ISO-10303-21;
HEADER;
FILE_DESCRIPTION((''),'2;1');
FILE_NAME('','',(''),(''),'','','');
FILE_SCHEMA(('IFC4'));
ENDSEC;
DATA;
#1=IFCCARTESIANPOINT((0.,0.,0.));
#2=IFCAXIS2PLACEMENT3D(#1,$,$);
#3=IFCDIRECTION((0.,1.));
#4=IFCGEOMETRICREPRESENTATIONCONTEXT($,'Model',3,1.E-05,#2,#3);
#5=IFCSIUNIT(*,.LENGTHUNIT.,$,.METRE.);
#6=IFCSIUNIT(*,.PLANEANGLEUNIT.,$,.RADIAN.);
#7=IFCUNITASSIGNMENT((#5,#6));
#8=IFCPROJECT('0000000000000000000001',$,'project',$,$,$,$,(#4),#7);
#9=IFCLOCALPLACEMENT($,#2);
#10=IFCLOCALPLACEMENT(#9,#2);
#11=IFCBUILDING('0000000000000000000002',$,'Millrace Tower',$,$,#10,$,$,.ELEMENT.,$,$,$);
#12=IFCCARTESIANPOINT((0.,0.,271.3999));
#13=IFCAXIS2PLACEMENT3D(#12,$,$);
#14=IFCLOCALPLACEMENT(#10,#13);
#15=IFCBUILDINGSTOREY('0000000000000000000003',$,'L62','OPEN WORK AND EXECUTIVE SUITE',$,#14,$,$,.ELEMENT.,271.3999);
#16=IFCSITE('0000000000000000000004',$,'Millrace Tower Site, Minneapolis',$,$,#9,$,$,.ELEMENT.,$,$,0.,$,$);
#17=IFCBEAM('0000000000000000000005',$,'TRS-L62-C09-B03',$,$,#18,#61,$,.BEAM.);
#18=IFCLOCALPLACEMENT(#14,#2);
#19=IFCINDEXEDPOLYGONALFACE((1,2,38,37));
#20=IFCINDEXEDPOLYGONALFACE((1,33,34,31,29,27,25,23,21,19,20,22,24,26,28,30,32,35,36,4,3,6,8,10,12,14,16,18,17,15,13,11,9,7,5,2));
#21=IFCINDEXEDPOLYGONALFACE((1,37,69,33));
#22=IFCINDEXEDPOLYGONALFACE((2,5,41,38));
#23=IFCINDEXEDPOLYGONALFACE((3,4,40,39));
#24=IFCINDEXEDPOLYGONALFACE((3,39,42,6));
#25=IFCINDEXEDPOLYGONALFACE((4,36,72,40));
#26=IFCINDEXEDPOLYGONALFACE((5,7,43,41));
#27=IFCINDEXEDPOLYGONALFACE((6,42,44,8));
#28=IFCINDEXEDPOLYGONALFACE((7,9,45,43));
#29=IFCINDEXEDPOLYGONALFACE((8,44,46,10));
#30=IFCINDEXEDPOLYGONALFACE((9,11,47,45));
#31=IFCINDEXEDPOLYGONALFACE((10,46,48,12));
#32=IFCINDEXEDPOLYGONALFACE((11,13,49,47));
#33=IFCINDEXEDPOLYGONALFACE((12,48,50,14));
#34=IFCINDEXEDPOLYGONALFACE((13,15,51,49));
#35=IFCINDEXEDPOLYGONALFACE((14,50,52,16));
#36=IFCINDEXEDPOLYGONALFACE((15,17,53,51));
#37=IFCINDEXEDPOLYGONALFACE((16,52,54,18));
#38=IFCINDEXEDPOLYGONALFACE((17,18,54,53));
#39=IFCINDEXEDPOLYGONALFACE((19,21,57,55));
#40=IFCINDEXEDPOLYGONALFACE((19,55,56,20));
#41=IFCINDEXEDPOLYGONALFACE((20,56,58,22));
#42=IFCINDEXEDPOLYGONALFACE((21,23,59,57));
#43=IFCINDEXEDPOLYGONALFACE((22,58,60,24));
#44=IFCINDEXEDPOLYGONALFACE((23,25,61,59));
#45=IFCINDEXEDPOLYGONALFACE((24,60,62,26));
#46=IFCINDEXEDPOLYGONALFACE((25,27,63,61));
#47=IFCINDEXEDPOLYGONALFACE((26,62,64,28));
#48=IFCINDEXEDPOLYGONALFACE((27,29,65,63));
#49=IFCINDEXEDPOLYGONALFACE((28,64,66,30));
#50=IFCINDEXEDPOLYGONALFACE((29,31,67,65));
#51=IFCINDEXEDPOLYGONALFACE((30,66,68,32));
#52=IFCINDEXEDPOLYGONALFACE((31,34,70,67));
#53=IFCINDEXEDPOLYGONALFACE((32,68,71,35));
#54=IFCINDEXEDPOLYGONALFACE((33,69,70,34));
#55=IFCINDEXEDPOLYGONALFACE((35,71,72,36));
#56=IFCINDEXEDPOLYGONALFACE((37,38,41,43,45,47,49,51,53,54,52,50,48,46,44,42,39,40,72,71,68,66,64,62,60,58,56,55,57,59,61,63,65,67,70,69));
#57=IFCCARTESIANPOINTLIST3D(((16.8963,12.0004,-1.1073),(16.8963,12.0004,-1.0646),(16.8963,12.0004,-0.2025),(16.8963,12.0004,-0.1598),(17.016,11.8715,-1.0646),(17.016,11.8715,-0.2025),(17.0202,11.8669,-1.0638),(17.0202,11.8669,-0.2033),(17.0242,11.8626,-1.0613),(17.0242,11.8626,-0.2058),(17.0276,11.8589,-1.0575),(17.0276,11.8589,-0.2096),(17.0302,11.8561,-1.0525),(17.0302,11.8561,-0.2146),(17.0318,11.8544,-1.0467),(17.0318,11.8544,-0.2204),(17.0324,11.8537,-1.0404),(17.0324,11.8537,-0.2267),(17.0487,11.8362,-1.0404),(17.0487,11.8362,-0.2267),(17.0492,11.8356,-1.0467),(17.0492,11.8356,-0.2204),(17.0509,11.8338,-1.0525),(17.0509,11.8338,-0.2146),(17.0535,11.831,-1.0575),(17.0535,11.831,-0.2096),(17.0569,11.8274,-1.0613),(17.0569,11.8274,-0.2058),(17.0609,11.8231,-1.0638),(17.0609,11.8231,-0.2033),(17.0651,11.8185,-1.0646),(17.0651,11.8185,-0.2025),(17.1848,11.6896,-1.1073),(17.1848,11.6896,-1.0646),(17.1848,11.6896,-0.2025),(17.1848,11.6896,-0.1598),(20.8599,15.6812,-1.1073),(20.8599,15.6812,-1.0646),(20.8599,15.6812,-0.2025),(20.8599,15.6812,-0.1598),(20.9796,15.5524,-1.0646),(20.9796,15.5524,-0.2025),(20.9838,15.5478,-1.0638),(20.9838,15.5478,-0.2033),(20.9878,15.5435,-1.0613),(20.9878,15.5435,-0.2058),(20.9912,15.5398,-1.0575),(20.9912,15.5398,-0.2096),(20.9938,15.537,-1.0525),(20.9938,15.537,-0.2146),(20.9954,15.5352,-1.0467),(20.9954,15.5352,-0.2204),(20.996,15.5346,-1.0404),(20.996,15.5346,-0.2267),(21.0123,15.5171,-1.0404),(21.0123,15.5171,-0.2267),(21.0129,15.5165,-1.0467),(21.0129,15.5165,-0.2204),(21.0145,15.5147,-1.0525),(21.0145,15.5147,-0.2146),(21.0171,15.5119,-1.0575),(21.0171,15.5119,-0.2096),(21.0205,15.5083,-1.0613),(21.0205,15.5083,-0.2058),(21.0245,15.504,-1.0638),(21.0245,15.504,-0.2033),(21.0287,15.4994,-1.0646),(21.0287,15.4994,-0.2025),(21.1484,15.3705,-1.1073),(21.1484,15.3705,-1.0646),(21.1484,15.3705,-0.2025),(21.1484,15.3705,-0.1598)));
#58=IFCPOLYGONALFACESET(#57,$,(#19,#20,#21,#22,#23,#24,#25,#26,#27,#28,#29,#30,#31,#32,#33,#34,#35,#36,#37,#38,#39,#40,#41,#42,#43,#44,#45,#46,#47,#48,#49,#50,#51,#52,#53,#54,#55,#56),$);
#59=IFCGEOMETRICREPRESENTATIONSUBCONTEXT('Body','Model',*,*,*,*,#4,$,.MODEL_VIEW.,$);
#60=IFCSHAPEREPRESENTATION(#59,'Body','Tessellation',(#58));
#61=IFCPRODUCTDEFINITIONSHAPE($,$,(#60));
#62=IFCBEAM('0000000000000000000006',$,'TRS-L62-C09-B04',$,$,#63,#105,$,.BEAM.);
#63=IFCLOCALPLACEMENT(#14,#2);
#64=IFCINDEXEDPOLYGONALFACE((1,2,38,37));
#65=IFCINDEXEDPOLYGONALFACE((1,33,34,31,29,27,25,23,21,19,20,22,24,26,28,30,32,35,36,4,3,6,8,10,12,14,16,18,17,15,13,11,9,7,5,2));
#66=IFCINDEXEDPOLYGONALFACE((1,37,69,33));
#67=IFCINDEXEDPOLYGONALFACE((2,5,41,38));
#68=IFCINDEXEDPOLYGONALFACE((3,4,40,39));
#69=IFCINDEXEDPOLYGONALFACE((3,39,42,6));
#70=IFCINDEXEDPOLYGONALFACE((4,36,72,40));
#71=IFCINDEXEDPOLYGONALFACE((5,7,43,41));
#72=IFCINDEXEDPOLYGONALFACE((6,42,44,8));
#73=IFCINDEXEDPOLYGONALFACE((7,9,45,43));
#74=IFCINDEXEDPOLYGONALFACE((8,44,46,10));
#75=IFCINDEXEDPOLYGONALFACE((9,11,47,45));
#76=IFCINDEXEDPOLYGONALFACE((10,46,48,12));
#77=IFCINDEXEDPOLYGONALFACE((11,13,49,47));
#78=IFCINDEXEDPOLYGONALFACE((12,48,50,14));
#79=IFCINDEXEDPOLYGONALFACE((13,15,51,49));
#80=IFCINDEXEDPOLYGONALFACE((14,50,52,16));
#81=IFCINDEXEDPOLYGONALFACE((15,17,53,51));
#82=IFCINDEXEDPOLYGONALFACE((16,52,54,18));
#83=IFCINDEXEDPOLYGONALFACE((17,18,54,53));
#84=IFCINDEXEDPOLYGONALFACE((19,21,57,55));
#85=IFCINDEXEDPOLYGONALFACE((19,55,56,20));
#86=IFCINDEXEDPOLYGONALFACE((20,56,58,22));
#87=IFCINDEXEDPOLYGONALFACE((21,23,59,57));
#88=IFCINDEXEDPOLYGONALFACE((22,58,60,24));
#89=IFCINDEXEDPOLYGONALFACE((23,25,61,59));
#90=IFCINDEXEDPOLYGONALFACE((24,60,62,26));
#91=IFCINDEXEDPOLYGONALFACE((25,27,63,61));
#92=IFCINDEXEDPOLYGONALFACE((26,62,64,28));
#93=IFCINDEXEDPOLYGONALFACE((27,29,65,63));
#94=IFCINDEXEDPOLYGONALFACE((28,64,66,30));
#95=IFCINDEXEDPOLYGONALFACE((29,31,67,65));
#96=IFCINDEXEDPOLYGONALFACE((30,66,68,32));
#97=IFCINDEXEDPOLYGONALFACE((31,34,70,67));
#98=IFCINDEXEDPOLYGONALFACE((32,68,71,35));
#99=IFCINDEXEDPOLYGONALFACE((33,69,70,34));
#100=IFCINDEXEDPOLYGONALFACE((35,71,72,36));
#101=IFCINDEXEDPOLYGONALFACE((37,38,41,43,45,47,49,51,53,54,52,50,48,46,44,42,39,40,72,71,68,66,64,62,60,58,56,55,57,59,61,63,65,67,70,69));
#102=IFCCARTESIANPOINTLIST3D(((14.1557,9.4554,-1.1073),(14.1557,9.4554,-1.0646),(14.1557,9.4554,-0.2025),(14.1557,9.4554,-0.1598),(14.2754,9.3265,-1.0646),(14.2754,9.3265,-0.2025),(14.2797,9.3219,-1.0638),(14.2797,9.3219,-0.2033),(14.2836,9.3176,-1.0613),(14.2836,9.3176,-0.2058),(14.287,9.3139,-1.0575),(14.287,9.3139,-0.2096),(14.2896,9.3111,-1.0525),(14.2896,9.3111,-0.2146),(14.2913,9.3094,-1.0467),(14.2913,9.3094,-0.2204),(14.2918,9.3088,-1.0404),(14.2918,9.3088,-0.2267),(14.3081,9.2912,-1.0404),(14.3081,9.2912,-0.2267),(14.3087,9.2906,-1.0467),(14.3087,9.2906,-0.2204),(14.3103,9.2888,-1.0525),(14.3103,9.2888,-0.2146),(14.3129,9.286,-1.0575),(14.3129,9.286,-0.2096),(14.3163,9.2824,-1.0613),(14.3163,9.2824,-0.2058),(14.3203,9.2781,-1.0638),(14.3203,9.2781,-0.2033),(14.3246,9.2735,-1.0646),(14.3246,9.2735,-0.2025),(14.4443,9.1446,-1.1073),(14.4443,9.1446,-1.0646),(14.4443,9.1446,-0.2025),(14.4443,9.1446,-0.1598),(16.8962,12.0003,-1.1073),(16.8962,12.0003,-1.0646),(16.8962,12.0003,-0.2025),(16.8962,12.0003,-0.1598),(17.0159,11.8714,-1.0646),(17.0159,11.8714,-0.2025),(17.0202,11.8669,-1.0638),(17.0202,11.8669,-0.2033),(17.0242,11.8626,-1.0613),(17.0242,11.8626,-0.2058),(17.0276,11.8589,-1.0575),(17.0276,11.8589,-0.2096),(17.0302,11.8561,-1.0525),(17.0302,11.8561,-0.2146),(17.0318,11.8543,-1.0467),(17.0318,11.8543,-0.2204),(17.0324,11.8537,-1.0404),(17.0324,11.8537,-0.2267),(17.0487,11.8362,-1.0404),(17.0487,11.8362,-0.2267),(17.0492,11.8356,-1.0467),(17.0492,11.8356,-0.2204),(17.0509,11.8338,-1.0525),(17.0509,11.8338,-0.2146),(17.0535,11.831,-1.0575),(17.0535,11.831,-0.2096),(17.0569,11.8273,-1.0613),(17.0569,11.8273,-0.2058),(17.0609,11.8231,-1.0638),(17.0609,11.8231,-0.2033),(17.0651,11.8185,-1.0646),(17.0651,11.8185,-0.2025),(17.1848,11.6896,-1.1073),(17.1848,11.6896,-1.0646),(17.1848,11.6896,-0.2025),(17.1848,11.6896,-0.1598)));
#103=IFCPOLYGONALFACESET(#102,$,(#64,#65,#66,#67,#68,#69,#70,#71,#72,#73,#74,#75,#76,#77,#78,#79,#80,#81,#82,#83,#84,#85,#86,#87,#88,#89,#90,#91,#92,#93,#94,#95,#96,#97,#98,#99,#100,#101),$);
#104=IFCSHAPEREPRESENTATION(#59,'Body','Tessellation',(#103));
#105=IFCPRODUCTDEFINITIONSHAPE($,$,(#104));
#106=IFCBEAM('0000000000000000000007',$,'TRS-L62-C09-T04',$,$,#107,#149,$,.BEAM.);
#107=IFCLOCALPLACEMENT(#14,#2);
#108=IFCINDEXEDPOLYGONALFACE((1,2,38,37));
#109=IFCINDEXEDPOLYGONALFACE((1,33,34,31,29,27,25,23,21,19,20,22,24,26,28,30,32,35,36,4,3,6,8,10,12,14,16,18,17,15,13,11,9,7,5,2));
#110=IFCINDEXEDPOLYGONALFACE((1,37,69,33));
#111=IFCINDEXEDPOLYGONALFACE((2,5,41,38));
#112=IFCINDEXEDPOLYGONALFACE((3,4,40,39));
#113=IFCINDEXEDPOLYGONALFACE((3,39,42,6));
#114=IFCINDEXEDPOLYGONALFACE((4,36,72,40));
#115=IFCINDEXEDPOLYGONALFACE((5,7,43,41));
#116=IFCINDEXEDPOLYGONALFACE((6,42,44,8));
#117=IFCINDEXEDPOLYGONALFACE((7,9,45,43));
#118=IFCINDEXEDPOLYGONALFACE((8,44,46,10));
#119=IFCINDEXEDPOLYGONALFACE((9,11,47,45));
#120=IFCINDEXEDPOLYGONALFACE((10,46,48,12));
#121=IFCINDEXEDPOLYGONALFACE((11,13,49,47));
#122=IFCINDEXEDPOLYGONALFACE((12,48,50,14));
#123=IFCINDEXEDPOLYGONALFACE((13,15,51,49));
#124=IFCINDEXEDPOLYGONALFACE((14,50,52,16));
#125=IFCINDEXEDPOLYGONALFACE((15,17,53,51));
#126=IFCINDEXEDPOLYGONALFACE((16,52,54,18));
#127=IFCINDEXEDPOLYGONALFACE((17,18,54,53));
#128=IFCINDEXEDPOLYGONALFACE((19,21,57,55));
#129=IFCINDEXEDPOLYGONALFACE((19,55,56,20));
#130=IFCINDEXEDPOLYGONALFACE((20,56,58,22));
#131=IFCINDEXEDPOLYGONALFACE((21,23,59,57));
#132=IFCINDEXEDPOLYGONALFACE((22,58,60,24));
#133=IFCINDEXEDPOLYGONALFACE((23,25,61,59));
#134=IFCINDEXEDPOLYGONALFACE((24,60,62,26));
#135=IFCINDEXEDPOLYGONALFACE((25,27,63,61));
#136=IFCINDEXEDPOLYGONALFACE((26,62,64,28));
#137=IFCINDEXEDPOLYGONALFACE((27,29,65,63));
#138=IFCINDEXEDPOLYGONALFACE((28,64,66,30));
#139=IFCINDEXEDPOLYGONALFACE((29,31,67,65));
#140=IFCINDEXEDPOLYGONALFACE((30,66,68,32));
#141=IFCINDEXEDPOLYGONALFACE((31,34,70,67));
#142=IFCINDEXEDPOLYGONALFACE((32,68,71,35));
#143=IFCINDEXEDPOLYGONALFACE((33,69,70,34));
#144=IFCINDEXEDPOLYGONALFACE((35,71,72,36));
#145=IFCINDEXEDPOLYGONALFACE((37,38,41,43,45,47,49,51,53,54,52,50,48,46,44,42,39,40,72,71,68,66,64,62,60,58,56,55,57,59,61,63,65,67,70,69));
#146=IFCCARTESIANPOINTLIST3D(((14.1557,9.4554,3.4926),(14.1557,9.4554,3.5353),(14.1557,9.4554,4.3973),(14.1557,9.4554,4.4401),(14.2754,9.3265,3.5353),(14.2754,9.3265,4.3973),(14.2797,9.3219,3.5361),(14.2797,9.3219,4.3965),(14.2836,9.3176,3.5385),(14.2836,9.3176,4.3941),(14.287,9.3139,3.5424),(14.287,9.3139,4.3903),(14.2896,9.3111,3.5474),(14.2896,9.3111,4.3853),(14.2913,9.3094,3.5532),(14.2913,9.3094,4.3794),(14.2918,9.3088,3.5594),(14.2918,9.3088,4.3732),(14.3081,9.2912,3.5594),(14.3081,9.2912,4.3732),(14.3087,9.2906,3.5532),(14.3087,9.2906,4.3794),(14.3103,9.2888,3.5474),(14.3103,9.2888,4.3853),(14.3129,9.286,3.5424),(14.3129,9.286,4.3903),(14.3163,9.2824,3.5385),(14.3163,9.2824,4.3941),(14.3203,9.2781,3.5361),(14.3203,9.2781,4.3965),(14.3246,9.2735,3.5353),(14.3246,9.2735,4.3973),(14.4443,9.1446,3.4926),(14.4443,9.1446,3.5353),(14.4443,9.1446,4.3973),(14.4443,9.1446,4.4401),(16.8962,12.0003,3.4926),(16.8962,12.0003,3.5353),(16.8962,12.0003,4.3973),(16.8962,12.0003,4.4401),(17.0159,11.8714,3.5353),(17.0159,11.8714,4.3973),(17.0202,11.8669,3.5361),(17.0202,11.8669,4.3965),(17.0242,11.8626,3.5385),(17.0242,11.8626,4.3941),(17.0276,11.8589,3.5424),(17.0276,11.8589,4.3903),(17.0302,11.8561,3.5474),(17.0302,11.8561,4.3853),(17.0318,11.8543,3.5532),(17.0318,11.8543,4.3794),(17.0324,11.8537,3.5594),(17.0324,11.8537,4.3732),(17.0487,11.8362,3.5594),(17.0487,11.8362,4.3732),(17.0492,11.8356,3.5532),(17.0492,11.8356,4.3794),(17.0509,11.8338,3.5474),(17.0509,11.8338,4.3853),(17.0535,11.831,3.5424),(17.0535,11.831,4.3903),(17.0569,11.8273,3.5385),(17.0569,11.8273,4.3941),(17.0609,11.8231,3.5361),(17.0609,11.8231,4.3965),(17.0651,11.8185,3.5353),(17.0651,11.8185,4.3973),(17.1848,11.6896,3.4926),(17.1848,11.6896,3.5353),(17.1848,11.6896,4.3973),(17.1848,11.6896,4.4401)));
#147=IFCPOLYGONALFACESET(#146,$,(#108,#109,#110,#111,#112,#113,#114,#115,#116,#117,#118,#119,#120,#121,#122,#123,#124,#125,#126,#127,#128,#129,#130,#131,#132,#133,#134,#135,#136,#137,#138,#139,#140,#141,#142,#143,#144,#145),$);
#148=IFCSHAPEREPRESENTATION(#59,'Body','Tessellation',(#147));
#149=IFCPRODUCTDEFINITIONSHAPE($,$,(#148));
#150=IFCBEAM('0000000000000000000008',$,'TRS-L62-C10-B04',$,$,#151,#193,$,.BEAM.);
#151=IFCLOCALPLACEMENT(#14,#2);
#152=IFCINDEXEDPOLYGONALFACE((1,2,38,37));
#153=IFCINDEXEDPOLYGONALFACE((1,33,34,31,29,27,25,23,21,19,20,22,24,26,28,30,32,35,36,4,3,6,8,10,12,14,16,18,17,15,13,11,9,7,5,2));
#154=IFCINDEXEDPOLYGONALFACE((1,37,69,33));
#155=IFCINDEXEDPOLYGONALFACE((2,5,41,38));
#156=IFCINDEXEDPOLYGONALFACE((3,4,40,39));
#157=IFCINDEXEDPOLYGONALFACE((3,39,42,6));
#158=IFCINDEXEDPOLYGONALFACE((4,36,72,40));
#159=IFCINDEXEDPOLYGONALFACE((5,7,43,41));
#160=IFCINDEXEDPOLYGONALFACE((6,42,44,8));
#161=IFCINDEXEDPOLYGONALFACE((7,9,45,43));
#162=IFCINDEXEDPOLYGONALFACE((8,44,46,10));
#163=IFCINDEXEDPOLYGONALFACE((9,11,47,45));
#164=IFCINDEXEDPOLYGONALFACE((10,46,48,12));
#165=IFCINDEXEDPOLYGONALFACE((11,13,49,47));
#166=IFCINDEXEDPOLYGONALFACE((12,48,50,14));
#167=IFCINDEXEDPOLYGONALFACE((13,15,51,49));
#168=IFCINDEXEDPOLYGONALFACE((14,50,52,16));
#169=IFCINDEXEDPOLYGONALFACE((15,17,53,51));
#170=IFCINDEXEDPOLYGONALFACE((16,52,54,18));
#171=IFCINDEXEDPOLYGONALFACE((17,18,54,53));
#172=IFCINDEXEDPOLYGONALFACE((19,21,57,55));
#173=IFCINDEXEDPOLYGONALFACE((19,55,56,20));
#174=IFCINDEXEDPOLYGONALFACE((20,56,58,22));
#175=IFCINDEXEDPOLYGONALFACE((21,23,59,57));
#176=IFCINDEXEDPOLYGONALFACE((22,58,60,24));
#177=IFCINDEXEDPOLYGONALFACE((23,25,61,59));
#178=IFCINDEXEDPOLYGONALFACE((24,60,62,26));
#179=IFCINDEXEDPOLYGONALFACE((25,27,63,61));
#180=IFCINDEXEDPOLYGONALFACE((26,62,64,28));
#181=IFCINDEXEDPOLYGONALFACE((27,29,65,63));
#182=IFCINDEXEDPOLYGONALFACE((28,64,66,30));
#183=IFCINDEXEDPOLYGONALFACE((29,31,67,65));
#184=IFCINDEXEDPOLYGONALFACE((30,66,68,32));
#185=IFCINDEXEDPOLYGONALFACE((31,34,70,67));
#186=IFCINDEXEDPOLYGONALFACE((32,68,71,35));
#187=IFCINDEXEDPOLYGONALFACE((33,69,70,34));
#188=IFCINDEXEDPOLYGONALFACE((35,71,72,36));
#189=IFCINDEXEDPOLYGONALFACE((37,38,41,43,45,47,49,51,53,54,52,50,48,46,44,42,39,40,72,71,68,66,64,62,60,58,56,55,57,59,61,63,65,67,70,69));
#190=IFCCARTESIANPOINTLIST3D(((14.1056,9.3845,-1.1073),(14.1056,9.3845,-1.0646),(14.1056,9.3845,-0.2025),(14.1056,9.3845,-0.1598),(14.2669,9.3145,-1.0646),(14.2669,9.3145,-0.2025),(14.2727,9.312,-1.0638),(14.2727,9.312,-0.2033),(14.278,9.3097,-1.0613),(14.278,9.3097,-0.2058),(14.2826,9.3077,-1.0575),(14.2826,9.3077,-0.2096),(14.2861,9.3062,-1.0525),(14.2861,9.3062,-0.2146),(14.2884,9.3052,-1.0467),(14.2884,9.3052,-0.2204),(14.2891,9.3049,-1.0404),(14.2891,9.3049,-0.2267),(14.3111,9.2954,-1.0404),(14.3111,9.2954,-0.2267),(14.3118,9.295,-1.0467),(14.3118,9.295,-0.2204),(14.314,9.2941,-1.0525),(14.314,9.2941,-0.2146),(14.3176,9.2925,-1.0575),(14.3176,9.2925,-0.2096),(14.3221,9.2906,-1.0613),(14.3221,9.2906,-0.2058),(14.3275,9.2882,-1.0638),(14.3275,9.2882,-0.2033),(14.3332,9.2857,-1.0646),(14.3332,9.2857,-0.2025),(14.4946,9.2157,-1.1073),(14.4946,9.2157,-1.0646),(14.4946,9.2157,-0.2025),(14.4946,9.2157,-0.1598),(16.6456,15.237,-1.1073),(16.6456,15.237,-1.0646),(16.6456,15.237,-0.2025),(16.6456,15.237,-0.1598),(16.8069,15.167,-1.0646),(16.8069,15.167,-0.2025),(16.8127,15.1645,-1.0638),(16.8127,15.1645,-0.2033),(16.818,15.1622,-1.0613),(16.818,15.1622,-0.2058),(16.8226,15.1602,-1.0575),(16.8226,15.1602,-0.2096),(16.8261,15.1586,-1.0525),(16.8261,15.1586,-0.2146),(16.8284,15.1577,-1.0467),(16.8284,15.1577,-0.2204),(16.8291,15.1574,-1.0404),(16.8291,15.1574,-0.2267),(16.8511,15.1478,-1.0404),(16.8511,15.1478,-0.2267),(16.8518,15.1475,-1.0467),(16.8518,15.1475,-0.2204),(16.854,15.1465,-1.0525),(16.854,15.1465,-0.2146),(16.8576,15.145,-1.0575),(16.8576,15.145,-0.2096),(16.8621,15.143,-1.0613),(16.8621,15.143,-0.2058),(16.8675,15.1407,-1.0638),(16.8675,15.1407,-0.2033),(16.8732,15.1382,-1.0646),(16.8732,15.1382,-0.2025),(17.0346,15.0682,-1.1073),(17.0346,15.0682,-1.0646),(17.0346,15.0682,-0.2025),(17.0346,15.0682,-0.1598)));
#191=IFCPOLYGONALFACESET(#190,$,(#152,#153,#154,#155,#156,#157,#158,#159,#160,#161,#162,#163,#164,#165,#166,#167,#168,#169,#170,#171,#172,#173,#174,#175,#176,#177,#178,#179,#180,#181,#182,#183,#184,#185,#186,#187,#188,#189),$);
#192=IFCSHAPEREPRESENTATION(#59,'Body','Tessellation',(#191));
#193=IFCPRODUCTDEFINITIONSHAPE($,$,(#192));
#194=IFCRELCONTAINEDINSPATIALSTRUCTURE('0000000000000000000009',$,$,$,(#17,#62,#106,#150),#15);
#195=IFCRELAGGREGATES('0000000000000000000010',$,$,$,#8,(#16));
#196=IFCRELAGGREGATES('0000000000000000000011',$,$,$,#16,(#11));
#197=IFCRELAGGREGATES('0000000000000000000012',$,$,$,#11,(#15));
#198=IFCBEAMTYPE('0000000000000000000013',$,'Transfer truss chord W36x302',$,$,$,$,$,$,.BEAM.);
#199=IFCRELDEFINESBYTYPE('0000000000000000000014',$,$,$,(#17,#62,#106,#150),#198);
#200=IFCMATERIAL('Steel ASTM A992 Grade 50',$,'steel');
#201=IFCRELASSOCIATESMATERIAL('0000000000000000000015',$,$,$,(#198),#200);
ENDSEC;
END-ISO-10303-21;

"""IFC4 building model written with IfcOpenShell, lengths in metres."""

from ifc_helpers import new_model, si_unit, direction, frame, origin, origin_2d, place, context, subcontext, project, spatial, i_section, extrude, material, material_profile, profile_set, type_object, element, save


model = new_model("IFC4")

# Units and contexts
model_context = context("Model", 3, precision=1e-05, world=origin(), true_north=direction((0.0, 1.0)))
body_context = subcontext(model_context, "Body", "Model", "MODEL_VIEW")
ifc_project = project(units=[si_unit("LENGTHUNIT", "METRE"), si_unit("PLANEANGLEUNIT", "RADIAN")], contexts=[model_context])

# Site, building, storey
site_placement = place(None, origin())
site = spatial("IfcSite", under=ifc_project, at=site_placement, Name="Millrace Tower Site, Minneapolis", CompositionType="ELEMENT", RefElevation=0.0)
building_placement = place(site_placement, origin())
building = spatial("IfcBuilding", under=site, at=building_placement, Name="Millrace Tower", CompositionType="ELEMENT")
storey_placement = place(building_placement, frame((0.0, 0.0, 271.3999)))
storey = spatial("IfcBuildingStorey", under=building, at=storey_placement, Name="L62", Description="OPEN WORK AND EXECUTIVE SUITE", CompositionType="ELEMENT", Elevation=271.3999)

# Beams
ifc_material_1 = material(Name="Steel ASTM A992 Grade 50", Category="steel")
ifc_material_profile_1 = material_profile(ifc_material_1, i_section(OverallWidth=0.4241, OverallDepth=0.9475, WebThickness=0.0239, FlangeThickness=0.0427, FilletRadius=0.0242, at=origin_2d()))
ifc_profile_set_1 = profile_set([ifc_material_profile_1], Name="Steel ASTM A992 Grade 50")
beam_type_1 = type_object("IfcBeamType", Name="Transfer truss chord W36x302", PredefinedType="BEAM", material=ifc_profile_set_1)
beam_1_placement = place(storey_placement, frame((21.0042, 15.5259, -0.6335), z_axis=(-0.732757, -0.680491, 0.0), x_axis=(0.680491, -0.732757, 0.0)))
element("IfcBeam", 1, at=beam_1_placement, inside=storey, type_object=beam_type_1, Name="TRS-L62-C09-B03", PredefinedType="BEAM", context=body_context, shape_type="SweptSolid", body=[
    extrude(i_section(OverallWidth=0.4241, OverallDepth=0.9475, WebThickness=0.0239, FlangeThickness=0.0427, FilletRadius=0.0242, at=origin_2d()), origin(), (0.0, 0.0, 1.0), 5.4092),
])
for number, where, z_axis, x_axis, name in (
    (2, (17.0405, 11.845, -0.6335), (-0.732768, -0.680479, 0.0), (0.680479, -0.732768, 0.0), "TRS-L62-C09-B04"),
    (3, (17.0405, 11.845, 3.9663), (-0.732768, -0.680479, 0.0), (0.680479, -0.732768, 0.0), "TRS-L62-C09-T04"),
):
    element("IfcBeam", number, at=place(storey_placement, frame(where, z_axis=z_axis, x_axis=x_axis)), inside=storey, type_object=beam_type_1, Name=name, PredefinedType="BEAM", context=body_context, shape_type="SweptSolid", body=[
        extrude(i_section(OverallWidth=0.4241, OverallDepth=0.9475, WebThickness=0.0239, FlangeThickness=0.0427, FilletRadius=0.0242, at=origin_2d()), origin(), (0.0, 0.0, 1.0), 3.74),
    ])
for number, where, z_axis, x_axis, name in (
    (4, (16.8401, 15.1526, -0.6335), (-0.398127, -0.91733, 0.0), (0.91733, -0.398127, 0.0), "TRS-L62-C10-B04"),
):
    element("IfcBeam", number, at=place(storey_placement, frame(where, z_axis=z_axis, x_axis=x_axis)), inside=storey, type_object=beam_type_1, Name=name, PredefinedType="BEAM", context=body_context, shape_type="SweptSolid", body=[
        extrude(i_section(OverallWidth=0.4241, OverallDepth=0.9475, WebThickness=0.0239, FlangeThickness=0.0427, FilletRadius=0.0242, at=origin_2d()), origin(), (0.0, 0.0, 1.0), 6.3799),
    ])

save(model, "model.ifc")
